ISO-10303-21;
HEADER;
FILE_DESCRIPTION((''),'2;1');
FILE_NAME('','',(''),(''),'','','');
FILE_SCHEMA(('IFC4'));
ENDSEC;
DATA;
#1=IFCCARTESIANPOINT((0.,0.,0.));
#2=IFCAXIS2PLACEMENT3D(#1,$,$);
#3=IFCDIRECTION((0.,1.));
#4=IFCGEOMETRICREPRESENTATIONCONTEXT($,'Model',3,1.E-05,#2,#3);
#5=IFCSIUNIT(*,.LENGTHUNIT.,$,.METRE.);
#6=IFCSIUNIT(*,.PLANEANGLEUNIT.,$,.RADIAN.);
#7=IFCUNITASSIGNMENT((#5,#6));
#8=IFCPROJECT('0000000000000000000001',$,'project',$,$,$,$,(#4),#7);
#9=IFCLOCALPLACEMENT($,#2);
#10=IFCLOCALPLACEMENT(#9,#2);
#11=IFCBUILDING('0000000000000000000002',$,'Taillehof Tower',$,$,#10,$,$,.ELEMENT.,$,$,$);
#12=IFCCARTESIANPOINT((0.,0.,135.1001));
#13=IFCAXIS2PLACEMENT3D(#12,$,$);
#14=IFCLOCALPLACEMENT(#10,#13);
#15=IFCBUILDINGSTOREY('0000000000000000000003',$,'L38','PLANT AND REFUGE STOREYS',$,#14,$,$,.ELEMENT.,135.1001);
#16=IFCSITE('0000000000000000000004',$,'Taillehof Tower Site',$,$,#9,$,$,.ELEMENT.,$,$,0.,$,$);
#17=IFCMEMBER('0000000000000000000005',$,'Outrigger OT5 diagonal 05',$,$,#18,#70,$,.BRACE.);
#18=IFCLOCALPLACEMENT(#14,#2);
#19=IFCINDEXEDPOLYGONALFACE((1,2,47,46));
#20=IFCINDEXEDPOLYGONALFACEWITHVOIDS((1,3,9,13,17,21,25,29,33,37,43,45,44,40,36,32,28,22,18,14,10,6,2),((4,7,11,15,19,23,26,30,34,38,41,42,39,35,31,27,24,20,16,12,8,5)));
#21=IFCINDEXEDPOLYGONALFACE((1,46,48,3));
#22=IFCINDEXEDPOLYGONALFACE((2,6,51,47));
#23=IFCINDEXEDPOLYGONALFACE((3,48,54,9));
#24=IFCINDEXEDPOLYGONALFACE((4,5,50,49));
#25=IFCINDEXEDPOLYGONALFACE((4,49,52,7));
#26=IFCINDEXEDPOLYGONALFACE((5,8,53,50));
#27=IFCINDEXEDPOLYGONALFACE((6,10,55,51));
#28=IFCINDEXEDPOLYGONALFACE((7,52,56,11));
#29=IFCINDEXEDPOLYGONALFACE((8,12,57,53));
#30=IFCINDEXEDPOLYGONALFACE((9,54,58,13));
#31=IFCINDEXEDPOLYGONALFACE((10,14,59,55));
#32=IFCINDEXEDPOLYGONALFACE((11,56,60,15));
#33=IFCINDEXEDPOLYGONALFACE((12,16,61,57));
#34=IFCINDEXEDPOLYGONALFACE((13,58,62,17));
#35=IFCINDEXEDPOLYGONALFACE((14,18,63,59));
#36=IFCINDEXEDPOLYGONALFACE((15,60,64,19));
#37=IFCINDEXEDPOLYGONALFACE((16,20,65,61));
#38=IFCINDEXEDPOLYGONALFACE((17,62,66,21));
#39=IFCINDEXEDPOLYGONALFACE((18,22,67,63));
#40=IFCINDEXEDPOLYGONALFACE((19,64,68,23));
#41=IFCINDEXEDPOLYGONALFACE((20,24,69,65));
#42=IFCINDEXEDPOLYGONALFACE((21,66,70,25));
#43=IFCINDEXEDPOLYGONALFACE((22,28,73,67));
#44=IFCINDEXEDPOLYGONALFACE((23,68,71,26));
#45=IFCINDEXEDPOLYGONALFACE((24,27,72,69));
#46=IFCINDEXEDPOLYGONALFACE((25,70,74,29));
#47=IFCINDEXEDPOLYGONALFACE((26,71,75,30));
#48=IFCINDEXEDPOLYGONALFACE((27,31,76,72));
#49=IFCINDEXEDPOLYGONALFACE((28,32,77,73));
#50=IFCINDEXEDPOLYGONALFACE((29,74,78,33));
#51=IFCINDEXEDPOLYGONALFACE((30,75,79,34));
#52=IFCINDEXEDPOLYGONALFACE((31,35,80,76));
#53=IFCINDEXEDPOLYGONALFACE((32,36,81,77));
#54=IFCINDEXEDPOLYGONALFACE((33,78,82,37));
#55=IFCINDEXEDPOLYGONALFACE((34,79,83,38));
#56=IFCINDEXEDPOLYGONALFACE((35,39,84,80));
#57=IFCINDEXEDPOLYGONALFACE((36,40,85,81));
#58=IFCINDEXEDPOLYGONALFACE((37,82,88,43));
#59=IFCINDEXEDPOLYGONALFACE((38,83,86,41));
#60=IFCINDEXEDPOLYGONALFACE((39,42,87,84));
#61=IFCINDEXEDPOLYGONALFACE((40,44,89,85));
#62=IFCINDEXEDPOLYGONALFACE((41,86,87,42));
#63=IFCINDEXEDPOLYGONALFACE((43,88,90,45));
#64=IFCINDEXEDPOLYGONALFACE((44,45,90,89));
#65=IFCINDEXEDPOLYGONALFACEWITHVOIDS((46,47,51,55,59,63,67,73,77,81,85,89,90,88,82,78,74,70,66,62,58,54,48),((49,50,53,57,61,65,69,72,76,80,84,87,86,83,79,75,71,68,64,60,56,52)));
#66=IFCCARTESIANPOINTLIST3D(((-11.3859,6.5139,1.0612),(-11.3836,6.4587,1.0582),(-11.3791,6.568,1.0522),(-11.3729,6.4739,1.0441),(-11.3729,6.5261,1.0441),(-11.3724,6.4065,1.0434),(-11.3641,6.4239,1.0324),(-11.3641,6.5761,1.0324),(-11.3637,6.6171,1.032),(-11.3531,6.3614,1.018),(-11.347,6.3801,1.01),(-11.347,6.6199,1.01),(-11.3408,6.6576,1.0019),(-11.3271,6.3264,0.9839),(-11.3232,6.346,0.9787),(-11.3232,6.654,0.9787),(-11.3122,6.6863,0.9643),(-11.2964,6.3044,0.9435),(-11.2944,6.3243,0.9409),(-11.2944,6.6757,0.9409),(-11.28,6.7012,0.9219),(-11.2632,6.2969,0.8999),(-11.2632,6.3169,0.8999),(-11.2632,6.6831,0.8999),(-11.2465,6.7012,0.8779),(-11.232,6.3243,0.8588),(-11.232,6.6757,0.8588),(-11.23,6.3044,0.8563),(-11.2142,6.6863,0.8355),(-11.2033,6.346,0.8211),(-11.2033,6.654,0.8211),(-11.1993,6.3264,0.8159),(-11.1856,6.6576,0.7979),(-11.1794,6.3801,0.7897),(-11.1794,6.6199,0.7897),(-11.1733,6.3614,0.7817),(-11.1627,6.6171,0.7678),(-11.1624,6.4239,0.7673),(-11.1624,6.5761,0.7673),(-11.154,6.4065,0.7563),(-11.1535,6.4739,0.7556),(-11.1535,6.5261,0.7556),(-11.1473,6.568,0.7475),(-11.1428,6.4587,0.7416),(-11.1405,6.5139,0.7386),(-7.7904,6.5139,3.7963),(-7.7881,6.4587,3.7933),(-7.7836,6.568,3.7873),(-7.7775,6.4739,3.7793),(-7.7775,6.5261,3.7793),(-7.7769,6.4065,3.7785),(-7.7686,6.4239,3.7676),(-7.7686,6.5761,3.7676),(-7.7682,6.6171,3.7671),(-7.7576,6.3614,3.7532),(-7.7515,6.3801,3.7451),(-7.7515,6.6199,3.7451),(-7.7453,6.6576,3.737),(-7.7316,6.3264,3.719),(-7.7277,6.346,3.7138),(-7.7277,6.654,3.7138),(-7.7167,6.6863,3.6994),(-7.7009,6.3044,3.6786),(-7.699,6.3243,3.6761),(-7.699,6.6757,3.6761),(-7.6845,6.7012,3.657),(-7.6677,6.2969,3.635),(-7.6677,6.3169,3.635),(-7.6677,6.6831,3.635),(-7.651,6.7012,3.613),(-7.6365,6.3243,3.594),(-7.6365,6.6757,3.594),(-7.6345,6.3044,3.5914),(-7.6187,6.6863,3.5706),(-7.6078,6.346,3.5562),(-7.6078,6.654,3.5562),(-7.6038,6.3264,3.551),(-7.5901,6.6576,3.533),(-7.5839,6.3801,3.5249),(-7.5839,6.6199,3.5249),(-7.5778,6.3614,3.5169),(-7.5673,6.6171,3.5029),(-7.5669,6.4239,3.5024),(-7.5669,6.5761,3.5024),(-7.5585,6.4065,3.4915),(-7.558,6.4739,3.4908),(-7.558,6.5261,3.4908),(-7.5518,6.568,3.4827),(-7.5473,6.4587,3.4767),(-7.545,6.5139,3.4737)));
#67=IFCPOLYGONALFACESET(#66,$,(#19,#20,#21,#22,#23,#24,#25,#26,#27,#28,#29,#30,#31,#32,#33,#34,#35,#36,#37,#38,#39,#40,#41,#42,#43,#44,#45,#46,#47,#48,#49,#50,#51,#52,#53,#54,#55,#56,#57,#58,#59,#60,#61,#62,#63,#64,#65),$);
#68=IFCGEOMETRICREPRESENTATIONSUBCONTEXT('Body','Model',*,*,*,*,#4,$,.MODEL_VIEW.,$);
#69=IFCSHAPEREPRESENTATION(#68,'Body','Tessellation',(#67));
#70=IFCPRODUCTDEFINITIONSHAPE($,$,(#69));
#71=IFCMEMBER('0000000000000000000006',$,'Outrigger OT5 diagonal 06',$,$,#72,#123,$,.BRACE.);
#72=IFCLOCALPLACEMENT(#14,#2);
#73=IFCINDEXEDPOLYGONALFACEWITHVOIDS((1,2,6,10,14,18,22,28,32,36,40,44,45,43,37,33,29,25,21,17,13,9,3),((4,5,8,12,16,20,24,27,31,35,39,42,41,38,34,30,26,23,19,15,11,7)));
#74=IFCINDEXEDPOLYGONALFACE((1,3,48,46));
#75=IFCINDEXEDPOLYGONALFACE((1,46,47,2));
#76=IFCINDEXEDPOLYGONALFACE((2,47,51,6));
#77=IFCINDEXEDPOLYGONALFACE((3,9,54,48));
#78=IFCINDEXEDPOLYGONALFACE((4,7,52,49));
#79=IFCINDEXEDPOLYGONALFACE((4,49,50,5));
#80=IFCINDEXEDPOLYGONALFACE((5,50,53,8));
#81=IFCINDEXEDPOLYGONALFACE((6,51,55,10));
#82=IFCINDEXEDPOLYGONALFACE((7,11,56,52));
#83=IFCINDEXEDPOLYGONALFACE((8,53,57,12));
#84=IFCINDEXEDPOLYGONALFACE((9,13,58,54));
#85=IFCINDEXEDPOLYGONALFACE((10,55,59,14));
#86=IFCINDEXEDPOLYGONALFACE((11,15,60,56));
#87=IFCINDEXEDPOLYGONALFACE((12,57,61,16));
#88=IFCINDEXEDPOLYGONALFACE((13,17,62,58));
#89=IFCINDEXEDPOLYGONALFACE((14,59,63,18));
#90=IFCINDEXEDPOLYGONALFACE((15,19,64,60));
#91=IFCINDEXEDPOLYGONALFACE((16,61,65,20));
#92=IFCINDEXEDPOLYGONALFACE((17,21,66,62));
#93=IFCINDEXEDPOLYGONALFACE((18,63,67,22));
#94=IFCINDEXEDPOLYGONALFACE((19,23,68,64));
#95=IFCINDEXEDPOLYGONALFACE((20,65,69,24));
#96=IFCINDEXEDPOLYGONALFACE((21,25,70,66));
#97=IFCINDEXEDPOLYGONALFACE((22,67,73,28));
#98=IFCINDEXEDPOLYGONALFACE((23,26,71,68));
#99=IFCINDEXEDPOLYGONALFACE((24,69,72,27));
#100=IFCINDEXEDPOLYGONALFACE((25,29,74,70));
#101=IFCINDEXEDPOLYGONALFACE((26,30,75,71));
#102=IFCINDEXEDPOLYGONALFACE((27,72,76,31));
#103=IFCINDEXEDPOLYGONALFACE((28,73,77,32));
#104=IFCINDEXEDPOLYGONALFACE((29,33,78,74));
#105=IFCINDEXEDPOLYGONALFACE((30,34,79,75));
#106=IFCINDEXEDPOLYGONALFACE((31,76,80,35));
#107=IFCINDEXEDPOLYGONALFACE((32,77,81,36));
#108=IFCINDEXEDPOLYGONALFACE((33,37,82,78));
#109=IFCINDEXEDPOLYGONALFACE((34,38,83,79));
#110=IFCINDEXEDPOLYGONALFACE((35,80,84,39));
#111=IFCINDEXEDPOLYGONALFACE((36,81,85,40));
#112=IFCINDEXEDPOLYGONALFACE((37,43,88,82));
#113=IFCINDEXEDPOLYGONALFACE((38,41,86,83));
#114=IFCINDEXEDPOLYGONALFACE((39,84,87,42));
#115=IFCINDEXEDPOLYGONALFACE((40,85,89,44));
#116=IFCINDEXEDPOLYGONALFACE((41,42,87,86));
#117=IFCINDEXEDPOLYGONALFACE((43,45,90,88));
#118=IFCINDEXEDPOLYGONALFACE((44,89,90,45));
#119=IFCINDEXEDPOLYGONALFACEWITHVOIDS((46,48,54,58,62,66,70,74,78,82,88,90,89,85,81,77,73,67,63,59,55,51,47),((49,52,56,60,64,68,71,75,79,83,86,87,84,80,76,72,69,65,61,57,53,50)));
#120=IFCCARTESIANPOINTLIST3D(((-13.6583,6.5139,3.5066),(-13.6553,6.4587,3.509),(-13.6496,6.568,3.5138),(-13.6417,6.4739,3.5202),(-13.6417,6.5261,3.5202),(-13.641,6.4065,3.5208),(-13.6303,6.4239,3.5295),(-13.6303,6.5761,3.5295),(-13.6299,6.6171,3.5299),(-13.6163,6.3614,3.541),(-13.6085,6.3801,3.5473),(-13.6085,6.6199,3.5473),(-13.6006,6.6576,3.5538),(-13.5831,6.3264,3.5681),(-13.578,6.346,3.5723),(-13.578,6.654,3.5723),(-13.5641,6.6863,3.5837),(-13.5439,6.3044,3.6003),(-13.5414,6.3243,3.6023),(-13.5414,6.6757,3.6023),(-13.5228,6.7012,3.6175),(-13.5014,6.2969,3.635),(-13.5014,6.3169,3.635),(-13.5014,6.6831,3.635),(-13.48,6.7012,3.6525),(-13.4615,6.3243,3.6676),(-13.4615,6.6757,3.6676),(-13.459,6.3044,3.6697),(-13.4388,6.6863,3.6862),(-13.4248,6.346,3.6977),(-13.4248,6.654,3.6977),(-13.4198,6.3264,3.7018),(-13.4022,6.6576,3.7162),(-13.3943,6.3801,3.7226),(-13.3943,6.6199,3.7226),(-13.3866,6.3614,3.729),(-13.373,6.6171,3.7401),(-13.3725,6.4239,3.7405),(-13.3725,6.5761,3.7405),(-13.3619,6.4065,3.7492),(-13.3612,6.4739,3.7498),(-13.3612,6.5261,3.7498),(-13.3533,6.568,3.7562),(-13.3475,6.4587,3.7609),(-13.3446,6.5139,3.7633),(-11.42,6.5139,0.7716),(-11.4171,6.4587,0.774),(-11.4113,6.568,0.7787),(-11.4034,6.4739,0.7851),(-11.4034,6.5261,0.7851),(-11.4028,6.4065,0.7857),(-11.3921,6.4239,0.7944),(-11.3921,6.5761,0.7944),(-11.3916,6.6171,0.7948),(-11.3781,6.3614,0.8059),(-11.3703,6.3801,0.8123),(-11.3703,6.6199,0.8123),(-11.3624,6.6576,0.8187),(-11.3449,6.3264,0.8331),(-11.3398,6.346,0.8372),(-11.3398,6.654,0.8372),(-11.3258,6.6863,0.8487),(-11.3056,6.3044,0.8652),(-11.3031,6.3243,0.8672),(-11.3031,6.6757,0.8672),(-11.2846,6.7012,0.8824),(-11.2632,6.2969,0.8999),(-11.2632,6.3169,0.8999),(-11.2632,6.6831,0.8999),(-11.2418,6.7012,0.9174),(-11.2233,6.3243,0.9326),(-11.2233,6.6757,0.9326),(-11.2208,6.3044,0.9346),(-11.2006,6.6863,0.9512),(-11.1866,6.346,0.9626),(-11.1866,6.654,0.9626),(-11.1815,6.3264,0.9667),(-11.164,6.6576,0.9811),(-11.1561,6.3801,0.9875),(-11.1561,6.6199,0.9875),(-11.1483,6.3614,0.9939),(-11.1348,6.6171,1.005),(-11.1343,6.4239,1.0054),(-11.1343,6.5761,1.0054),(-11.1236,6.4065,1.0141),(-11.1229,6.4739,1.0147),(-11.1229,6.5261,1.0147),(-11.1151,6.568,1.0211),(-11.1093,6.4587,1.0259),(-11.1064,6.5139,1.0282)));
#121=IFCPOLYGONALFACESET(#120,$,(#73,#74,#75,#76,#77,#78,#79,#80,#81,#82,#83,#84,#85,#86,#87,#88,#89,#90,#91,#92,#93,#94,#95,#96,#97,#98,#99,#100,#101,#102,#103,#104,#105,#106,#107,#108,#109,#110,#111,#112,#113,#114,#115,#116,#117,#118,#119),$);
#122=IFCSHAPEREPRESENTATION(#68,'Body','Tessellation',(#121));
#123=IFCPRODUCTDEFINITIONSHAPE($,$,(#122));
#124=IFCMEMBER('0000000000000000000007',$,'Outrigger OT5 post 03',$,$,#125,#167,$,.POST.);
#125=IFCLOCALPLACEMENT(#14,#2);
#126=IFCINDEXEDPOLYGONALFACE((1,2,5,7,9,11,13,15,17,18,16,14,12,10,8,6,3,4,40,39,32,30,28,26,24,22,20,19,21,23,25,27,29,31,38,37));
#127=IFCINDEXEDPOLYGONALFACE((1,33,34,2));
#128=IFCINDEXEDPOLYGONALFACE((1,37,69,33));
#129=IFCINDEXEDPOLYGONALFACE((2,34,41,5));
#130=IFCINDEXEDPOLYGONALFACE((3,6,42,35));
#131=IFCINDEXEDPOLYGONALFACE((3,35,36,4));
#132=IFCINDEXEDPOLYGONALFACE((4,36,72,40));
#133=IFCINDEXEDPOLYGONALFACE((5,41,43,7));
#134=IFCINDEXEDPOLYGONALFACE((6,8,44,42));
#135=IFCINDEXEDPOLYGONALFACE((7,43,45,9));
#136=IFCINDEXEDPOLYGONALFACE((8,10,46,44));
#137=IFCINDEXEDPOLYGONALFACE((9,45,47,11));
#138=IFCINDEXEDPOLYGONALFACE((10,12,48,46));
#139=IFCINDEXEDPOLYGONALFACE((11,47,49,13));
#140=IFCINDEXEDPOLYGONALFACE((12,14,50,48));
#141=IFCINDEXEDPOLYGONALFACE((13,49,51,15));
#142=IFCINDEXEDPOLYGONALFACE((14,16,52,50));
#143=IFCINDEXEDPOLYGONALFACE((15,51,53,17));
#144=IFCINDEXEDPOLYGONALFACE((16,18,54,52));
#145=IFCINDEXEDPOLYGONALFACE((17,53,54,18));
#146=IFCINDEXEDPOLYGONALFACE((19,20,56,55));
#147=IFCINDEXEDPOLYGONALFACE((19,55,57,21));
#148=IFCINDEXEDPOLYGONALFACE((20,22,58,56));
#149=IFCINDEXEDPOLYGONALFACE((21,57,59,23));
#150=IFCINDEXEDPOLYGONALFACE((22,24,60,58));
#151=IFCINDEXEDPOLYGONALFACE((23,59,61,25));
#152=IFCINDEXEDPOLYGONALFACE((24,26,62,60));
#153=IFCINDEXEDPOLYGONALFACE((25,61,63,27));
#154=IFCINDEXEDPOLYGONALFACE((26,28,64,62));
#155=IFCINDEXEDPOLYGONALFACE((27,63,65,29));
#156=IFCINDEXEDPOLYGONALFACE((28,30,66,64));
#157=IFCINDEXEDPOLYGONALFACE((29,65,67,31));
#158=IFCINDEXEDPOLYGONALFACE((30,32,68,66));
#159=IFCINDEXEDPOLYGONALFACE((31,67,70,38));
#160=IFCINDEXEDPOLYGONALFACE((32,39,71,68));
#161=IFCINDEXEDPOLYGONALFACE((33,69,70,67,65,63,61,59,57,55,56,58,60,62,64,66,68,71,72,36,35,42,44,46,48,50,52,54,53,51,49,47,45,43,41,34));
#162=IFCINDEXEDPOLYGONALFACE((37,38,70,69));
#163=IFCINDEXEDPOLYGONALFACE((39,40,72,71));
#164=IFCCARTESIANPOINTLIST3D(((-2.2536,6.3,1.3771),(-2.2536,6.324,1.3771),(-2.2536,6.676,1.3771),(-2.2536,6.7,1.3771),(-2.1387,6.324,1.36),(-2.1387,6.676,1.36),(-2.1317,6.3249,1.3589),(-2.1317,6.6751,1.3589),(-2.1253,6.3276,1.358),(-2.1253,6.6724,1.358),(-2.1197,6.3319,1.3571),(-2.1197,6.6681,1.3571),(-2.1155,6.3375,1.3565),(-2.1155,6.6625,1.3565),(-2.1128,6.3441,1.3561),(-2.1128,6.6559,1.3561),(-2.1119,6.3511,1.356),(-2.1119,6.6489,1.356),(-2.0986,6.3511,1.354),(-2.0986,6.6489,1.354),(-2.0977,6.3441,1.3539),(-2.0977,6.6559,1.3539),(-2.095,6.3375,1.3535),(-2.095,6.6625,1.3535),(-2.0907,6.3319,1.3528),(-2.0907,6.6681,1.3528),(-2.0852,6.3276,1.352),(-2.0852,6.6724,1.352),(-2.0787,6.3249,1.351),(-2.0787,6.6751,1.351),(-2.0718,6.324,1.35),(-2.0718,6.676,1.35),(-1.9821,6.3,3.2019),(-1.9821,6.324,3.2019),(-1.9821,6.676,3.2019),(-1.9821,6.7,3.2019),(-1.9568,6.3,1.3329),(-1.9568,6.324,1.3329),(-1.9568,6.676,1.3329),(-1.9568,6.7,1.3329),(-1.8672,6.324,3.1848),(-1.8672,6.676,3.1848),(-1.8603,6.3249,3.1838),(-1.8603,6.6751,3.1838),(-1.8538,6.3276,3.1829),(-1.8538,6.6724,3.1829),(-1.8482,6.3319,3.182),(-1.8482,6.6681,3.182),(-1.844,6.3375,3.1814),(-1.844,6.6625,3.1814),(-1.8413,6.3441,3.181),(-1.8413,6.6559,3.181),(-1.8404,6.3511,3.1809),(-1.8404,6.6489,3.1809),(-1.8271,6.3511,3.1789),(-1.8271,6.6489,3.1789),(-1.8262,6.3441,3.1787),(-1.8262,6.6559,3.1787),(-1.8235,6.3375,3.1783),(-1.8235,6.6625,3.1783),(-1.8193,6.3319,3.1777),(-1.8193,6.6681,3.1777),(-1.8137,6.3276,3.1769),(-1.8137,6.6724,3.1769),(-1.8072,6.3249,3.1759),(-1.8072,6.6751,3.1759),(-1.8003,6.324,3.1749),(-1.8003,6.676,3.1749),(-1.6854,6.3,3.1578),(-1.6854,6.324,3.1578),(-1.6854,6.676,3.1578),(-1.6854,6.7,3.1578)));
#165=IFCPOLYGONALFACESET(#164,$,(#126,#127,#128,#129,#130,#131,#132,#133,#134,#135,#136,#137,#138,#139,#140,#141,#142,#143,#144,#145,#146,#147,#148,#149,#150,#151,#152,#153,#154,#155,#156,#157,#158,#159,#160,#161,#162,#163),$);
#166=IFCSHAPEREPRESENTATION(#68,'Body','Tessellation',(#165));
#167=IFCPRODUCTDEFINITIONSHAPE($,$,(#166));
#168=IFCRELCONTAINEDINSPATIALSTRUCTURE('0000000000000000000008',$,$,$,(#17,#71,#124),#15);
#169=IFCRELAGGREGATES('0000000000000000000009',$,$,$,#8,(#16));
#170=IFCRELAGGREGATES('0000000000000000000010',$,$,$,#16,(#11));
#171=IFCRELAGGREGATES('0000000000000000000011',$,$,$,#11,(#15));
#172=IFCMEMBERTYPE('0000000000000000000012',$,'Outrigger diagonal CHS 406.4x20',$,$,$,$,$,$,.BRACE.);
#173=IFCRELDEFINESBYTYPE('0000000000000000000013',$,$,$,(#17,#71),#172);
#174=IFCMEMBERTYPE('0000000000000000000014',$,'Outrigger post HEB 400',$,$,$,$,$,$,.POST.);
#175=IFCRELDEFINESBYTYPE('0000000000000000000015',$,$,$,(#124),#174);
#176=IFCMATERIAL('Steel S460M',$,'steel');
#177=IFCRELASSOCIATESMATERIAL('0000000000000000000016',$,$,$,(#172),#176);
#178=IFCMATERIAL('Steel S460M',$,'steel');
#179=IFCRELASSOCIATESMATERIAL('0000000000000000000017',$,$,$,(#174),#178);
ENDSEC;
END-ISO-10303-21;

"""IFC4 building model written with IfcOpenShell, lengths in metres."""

from ifc_helpers import new_model, si_unit, direction, frame, origin, origin_2d, place, context, subcontext, project, spatial, hollow_circle, i_section, extrude, material, material_profile, profile_set, type_object, element, save


model = new_model("IFC4")

# Units and contexts
model_context = context("Model", 3, precision=1e-05, world=origin(), true_north=direction((0.0, 1.0)))
body_context = subcontext(model_context, "Body", "Model", "MODEL_VIEW")
ifc_project = project(units=[si_unit("LENGTHUNIT", "METRE"), si_unit("PLANEANGLEUNIT", "RADIAN")], contexts=[model_context])

# Site, building, storey
site_placement = place(None, origin())
site = spatial("IfcSite", under=ifc_project, at=site_placement, Name="Taillehof Tower Site", CompositionType="ELEMENT", RefElevation=0.0)
building_placement = place(site_placement, origin())
building = spatial("IfcBuilding", under=site, at=building_placement, Name="Taillehof Tower", CompositionType="ELEMENT")
storey_placement = place(building_placement, frame((0.0, 0.0, 135.1001)))
storey = spatial("IfcBuildingStorey", under=building, at=storey_placement, Name="L38", Description="PLANT AND REFUGE STOREYS", CompositionType="ELEMENT", Elevation=135.1001)

# Members
ifc_material_1 = material(Name="Steel S460M", Category="steel")
ifc_material_profile_1 = material_profile(ifc_material_1, hollow_circle(Radius=0.2031, WallThickness=0.02, at=origin_2d()), Name="CHS 406.4x20")
ifc_profile_set_1 = profile_set([ifc_material_profile_1], Name="Steel S460M")
member_type_1 = type_object("IfcMemberType", Name="Outrigger diagonal CHS 406.4x20", PredefinedType="BRACE", material=ifc_profile_set_1)
member_1_placement = place(storey_placement, frame((-7.6677, 6.5, 3.635), z_axis=(-0.795889, 0.0, -0.605442), x_axis=(0.0, -1.0, 0.0)))
element("IfcMember", 1, at=member_1_placement, inside=storey, type_object=member_type_1, Name="Outrigger OT5 diagonal 05", PredefinedType="BRACE", context=body_context, shape_type="SweptSolid", body=[
    extrude(hollow_circle(Radius=0.2031, WallThickness=0.02, at=origin_2d()), origin(), (0.0, 0.0, 1.0), 4.5176),
])
member_2_placement = place(storey_placement, frame((-11.2632, 6.5, 0.8999), z_axis=(-0.633317, 0.0, 0.773893), x_axis=(0.0, -1.0, 0.0)))
element("IfcMember", 2, at=member_2_placement, inside=storey, type_object=member_type_1, Name="Outrigger OT5 diagonal 06", PredefinedType="BRACE", context=body_context, shape_type="SweptSolid", body=[
    extrude(hollow_circle(Radius=0.2031, WallThickness=0.02, at=origin_2d()), origin(), (0.0, 0.0, 1.0), 3.5342),
])
ifc_material_2 = material(Name="Steel S460M", Category="steel")
ifc_material_profile_2 = material_profile(ifc_material_2, i_section(OverallWidth=0.3, OverallDepth=0.3999, WebThickness=0.0134, FlangeThickness=0.0239, FilletRadius=0.0271, at=origin_2d()), Name="HEB 400")
ifc_profile_set_2 = profile_set([ifc_material_profile_2], Name="Steel S460M")
member_type_2 = type_object("IfcMemberType", Name="Outrigger post HEB 400", PredefinedType="POST", material=ifc_profile_set_2)
member_3_placement = place(storey_placement, frame((-2.1052, 6.5, 1.355), z_axis=(0.147143, 0.0, 0.989115), x_axis=(-0.989115, 0.0, 0.147143)))
element("IfcMember", 3, at=member_3_placement, inside=storey, type_object=member_type_2, Name="Outrigger OT5 post 03", PredefinedType="POST", context=body_context, shape_type="SweptSolid", body=[
    extrude(i_section(OverallWidth=0.3, OverallDepth=0.3999, WebThickness=0.0134, FlangeThickness=0.0239, FilletRadius=0.0271, at=origin_2d()), origin(), (0.0, 0.0, 1.0), 1.845),
])

save(model, "model.ifc")
